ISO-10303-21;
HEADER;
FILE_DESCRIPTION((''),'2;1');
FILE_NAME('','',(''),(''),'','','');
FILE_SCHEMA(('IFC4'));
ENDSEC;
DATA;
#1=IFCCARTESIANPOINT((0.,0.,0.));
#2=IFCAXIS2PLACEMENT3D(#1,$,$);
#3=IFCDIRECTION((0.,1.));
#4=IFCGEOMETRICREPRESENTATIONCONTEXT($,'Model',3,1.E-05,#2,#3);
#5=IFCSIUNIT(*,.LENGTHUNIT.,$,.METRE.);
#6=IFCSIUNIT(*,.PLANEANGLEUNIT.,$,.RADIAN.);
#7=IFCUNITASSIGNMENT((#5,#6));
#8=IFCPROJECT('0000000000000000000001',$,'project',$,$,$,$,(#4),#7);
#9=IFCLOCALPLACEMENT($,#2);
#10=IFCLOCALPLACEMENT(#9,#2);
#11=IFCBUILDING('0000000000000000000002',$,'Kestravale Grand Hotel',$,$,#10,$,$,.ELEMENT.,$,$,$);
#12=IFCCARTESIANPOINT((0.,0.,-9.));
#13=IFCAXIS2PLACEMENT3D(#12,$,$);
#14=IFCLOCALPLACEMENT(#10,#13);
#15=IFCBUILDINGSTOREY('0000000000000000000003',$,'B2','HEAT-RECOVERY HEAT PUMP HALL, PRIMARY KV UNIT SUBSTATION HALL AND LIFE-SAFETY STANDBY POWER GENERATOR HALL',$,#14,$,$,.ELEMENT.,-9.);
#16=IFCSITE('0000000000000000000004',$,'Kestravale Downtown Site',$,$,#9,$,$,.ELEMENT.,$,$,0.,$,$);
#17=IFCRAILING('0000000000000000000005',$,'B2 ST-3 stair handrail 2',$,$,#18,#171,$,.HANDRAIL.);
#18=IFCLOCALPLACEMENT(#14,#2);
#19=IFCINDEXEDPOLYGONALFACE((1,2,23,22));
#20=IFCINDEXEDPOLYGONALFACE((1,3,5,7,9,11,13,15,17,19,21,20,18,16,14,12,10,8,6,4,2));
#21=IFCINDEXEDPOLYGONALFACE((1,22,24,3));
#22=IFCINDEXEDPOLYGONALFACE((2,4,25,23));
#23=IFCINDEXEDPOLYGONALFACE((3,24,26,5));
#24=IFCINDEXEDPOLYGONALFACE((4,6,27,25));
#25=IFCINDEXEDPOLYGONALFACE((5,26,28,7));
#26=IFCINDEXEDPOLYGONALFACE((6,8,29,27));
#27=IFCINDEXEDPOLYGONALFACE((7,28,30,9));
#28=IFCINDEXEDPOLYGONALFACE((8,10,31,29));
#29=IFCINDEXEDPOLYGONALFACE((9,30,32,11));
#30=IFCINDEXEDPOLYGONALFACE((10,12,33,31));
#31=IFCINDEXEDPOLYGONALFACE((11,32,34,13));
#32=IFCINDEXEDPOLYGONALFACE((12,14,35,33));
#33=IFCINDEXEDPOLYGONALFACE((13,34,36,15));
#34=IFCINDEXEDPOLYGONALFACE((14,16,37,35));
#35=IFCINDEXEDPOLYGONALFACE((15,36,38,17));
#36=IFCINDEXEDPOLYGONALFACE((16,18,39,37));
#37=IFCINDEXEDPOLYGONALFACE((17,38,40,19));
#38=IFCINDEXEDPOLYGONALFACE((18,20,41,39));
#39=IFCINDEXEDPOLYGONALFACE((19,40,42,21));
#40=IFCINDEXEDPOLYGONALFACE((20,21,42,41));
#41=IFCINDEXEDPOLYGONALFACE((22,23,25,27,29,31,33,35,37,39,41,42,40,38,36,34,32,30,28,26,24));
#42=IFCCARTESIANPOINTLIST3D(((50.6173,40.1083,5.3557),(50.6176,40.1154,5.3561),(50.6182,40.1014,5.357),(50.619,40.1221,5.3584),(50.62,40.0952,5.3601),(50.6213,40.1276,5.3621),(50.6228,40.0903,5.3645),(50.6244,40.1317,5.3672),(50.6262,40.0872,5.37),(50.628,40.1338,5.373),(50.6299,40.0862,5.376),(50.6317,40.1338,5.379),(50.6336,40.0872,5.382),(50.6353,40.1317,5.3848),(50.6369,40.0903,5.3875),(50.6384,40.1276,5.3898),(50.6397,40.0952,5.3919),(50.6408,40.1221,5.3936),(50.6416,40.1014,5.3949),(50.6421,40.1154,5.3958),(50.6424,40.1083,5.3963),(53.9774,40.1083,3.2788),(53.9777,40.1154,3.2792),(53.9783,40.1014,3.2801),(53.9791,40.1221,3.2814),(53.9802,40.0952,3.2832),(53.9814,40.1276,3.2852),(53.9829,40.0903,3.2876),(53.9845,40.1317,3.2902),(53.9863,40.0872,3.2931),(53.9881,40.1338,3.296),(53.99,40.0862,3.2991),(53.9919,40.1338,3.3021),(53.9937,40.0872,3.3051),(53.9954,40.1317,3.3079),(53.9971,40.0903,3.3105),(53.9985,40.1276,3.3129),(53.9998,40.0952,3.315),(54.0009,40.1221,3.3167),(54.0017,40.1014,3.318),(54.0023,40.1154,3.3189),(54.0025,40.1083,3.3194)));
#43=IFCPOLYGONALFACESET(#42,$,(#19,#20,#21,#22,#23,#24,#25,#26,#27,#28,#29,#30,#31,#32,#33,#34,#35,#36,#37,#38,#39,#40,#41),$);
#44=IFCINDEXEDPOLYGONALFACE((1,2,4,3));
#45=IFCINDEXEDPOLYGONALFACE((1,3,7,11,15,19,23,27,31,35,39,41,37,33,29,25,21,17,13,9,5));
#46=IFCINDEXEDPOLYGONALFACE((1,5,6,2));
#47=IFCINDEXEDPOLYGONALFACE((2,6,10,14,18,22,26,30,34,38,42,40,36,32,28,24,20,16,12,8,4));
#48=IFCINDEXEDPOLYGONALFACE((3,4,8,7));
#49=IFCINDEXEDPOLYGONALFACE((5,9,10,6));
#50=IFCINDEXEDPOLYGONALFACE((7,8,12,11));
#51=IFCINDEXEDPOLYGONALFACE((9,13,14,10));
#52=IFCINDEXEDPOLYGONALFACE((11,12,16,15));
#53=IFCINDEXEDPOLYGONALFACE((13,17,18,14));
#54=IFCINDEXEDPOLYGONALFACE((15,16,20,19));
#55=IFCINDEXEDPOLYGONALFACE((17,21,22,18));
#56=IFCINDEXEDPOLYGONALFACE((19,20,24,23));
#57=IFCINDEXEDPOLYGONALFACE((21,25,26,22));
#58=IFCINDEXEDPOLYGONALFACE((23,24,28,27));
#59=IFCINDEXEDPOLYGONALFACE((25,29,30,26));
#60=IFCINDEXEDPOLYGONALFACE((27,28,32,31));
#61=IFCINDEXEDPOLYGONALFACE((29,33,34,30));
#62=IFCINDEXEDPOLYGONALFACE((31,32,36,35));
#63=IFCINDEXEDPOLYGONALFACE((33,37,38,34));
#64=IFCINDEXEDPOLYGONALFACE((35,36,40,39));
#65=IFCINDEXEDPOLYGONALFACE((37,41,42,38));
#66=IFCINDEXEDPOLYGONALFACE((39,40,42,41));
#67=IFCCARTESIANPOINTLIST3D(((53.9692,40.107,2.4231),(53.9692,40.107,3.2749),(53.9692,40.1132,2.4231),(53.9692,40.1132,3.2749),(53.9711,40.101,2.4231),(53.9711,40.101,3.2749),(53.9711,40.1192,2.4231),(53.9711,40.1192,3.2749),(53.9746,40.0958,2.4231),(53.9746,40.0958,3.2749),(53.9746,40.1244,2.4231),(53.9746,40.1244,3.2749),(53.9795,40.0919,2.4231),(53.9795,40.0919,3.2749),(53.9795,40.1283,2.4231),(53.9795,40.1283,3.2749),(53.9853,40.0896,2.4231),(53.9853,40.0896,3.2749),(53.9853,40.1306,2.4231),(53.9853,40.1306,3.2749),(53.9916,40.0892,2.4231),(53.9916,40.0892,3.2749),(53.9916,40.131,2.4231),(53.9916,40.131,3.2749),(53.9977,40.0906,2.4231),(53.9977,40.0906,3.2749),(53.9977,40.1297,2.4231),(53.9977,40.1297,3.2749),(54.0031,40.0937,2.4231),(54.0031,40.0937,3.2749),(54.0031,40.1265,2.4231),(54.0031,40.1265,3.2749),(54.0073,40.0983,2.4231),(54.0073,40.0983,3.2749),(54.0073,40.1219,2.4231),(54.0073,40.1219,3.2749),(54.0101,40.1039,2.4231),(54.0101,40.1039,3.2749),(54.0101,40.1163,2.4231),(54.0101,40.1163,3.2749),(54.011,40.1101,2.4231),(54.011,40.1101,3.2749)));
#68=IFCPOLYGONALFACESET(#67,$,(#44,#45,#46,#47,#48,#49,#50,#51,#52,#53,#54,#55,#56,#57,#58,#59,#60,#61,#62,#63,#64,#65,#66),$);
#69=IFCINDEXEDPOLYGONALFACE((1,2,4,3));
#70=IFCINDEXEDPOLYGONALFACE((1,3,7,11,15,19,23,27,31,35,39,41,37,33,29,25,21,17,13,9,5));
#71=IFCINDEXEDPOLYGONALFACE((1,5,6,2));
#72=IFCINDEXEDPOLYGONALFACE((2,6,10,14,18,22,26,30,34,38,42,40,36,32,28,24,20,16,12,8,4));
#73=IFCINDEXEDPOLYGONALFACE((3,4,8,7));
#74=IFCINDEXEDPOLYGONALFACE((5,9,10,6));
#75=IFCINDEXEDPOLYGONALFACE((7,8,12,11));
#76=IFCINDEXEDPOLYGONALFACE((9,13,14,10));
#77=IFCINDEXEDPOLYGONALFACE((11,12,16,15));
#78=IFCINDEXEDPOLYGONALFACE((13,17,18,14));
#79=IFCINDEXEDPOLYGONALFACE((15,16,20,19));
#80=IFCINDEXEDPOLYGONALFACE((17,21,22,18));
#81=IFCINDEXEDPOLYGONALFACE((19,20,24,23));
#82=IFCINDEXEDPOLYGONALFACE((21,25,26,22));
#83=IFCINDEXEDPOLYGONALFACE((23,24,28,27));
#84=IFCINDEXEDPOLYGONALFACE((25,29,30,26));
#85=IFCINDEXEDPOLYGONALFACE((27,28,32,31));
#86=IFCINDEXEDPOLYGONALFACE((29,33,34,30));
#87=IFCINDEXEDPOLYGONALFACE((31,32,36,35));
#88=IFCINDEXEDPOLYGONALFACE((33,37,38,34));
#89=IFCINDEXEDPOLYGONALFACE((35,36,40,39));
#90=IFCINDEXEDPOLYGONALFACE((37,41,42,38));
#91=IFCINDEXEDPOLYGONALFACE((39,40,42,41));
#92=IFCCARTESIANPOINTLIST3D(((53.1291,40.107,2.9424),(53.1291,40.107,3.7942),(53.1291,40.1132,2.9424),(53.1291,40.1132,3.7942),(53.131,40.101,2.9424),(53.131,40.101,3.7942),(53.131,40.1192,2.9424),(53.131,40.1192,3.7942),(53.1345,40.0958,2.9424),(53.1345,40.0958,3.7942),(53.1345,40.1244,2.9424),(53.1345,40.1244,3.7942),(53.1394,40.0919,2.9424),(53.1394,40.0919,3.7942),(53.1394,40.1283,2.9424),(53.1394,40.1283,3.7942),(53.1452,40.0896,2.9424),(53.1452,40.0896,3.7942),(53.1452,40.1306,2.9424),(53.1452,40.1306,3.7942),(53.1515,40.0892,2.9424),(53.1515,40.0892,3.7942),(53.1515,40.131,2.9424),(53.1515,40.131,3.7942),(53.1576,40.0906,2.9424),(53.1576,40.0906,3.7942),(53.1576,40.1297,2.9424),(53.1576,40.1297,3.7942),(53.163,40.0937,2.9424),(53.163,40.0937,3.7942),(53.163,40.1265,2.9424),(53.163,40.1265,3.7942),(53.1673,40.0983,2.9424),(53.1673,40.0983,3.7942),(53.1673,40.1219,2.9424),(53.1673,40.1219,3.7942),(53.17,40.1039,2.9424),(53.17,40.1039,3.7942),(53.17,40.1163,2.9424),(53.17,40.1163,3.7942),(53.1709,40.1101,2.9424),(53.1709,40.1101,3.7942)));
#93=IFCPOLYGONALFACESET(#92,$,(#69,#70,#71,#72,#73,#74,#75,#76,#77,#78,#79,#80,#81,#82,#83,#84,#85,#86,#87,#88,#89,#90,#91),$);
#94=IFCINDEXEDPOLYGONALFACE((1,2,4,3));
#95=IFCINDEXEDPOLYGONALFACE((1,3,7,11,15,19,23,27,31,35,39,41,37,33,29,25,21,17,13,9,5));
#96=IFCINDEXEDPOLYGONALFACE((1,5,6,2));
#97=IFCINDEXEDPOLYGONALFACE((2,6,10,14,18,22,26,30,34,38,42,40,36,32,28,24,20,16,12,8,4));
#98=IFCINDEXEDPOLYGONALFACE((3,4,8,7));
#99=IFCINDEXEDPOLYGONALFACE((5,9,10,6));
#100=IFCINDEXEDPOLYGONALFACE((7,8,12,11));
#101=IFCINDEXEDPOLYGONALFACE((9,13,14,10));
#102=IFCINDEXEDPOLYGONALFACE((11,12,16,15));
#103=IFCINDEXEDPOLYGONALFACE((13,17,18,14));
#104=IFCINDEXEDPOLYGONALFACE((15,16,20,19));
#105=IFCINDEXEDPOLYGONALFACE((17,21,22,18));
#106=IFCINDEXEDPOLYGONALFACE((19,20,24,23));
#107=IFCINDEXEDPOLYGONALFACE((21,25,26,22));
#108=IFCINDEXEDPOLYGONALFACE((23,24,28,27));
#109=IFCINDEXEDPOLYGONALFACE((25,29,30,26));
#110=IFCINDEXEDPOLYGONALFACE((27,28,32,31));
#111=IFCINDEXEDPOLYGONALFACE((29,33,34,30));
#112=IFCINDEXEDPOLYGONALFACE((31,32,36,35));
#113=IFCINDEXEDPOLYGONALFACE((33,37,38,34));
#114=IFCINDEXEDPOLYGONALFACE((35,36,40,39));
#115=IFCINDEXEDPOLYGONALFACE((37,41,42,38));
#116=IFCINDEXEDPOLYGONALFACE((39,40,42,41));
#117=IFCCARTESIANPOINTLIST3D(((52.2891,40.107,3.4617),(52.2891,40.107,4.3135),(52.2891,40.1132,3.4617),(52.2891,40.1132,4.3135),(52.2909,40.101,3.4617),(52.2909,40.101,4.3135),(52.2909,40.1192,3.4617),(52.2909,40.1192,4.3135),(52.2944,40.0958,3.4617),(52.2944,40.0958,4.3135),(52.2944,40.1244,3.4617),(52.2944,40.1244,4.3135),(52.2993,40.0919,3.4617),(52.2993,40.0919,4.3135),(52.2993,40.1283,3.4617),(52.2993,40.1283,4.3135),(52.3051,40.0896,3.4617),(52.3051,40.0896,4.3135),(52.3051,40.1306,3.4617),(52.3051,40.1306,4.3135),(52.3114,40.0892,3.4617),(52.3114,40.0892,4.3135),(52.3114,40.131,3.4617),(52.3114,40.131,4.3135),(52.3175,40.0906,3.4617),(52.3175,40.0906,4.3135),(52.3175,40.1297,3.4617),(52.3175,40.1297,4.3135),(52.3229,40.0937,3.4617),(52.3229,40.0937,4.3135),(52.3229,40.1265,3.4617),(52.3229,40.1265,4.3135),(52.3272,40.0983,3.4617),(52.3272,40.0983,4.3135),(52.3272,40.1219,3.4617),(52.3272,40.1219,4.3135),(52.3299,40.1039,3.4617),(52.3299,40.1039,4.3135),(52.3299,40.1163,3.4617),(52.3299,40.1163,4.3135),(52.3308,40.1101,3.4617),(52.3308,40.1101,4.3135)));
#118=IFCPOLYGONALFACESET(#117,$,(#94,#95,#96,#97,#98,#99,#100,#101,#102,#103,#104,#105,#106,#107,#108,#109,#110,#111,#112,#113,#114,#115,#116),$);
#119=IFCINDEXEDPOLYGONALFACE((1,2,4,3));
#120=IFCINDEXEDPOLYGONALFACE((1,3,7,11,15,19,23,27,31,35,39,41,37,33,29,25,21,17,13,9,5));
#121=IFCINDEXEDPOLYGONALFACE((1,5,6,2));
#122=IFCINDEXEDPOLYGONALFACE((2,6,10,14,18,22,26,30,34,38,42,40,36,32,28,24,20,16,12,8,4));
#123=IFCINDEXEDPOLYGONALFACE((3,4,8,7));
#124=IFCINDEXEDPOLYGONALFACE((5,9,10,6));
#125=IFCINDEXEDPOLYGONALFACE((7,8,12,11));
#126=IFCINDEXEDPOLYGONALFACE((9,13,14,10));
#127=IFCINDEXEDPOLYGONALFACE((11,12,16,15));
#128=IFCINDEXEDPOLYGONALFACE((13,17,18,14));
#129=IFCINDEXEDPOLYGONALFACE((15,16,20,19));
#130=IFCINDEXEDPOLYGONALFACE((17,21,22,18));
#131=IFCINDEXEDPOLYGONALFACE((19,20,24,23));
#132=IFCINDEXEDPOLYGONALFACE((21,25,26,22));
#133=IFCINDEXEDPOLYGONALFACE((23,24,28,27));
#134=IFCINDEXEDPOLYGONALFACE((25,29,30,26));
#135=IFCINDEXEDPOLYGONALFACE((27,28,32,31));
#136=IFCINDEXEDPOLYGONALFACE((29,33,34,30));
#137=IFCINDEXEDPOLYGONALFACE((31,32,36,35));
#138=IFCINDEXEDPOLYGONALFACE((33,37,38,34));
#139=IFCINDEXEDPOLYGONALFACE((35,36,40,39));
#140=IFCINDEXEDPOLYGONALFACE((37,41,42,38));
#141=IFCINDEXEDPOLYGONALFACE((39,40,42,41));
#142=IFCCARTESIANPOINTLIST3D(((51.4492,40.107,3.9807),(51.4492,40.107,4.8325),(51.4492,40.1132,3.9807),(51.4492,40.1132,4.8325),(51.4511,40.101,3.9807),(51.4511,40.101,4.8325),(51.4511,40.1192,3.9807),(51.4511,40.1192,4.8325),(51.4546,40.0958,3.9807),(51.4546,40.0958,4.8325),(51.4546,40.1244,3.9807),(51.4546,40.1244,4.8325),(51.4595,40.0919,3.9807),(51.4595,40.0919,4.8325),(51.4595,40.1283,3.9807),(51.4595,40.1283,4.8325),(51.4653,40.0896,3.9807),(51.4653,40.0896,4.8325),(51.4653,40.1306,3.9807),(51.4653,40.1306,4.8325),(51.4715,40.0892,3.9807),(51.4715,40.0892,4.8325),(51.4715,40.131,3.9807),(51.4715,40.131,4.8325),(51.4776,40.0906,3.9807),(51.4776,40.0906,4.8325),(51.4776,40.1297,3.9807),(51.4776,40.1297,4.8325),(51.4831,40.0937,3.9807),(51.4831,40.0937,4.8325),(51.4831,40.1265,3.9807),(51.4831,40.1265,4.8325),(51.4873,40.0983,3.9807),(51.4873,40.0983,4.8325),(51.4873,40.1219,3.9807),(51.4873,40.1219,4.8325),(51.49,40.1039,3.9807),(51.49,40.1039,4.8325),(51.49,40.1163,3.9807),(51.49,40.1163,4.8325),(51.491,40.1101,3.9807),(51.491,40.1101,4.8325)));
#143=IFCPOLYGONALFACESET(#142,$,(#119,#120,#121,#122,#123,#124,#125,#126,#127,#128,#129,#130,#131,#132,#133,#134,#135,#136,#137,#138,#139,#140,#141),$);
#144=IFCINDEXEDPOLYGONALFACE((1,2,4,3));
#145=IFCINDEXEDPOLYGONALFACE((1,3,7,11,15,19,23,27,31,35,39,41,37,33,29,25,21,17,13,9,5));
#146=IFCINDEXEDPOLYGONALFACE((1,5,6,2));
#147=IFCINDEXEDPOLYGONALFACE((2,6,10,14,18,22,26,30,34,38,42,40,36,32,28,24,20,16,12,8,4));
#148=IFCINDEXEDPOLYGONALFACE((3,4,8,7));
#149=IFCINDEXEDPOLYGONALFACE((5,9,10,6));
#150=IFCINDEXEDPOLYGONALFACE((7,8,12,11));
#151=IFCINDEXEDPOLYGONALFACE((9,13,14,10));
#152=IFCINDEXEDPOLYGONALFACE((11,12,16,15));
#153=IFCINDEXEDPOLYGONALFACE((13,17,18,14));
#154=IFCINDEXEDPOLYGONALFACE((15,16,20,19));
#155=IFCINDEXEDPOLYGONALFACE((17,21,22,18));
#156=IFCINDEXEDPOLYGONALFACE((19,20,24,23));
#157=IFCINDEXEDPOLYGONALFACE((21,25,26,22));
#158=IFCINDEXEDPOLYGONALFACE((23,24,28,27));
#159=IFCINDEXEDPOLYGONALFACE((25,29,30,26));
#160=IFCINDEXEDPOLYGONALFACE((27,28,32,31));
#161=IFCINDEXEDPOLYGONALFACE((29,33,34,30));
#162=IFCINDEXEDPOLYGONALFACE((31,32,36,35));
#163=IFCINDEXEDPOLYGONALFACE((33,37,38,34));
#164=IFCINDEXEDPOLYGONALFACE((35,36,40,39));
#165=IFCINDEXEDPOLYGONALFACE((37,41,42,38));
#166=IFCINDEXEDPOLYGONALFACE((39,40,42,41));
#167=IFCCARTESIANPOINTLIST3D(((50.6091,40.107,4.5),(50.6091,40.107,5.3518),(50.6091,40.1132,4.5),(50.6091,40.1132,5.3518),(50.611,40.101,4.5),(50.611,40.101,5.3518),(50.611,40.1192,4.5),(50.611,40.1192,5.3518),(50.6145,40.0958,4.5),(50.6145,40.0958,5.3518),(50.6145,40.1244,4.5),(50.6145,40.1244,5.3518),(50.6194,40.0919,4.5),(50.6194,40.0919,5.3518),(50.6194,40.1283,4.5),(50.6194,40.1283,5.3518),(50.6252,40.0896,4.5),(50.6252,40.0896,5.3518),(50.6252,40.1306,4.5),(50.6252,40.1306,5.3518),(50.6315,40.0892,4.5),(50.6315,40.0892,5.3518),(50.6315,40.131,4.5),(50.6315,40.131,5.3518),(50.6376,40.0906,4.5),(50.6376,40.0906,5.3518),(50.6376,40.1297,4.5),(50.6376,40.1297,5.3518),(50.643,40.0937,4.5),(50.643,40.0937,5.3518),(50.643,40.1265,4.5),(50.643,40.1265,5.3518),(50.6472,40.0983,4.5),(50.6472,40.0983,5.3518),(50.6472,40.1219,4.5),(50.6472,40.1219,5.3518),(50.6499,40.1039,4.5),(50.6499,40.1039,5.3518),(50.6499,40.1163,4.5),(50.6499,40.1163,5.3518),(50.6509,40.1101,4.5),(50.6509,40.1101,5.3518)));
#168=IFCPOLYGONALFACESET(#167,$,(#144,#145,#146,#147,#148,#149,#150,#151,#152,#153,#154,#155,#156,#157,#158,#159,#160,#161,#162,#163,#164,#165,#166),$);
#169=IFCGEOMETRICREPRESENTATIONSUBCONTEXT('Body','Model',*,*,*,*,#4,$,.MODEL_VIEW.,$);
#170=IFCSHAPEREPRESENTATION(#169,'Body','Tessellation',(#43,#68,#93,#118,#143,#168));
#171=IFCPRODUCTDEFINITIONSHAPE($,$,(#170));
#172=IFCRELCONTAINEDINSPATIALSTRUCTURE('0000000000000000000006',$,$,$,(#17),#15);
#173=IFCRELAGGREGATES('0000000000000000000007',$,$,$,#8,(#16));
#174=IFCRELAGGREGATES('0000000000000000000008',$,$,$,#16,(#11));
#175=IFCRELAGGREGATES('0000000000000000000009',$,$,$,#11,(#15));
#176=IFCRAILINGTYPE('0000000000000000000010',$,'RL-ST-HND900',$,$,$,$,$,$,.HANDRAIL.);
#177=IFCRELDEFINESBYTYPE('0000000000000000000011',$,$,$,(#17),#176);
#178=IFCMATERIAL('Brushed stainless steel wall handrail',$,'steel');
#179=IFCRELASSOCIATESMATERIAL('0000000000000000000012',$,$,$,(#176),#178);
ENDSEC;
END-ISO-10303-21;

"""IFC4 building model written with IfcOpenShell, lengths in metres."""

from ifc_helpers import new_model, si_unit, direction, frame, origin, origin_2d, place, context, subcontext, project, spatial, circle, extrude, material, type_object, element, save


model = new_model("IFC4")

# Units and contexts
model_context = context("Model", 3, precision=1e-05, world=origin(), true_north=direction((0.0, 1.0)))
body_context = subcontext(model_context, "Body", "Model", "MODEL_VIEW")
ifc_project = project(units=[si_unit("LENGTHUNIT", "METRE"), si_unit("PLANEANGLEUNIT", "RADIAN")], contexts=[model_context])

# Site, building, storey
site_placement = place(None, origin())
site = spatial("IfcSite", under=ifc_project, at=site_placement, Name="Kestravale Downtown Site", CompositionType="ELEMENT", RefElevation=0.0)
building_placement = place(site_placement, origin())
building = spatial("IfcBuilding", under=site, at=building_placement, Name="Kestravale Grand Hotel", CompositionType="ELEMENT")
storey_placement = place(building_placement, frame((0.0, 0.0, -9.0)))
storey = spatial("IfcBuildingStorey", under=building, at=storey_placement, Name="B2", Description="HEAT-RECOVERY HEAT PUMP HALL, PRIMARY KV UNIT SUBSTATION HALL AND LIFE-SAFETY STANDBY POWER GENERATOR HALL", CompositionType="ELEMENT", Elevation=-9.0)

# Railing
ifc_material_1 = material(Name="Brushed stainless steel wall handrail", Category="steel")
railing_type_1 = type_object("IfcRailingType", Name="RL-ST-HND900", PredefinedType="HANDRAIL", material=ifc_material_1)
railing_1_placement = place(storey_placement, frame((53.99, 40.1101, 2.4231)))
element("IfcRailing", 1, at=railing_1_placement, inside=storey, type_object=railing_type_1, Name="B2 ST-3 stair handrail 2", PredefinedType="HANDRAIL", context=body_context, shape_type="SweptSolid", body=[
    extrude(circle(Radius=0.0239, at=origin_2d()), frame((0.0, 0.0, 0.876), z_axis=(-0.850623, 0.0, 0.525776), x_axis=(0.0, -1.0, 0.0)), (0.0, 0.0, 1.0), 3.9502),
    extrude(circle(Radius=0.021, at=origin_2d()), origin(), (0.0, 0.0, 1.0), 0.8518),
    extrude(circle(Radius=0.021, at=origin_2d()), frame((-0.8401, 0.0, 0.5193)), (0.0, 0.0, 1.0), 0.8518),
    extrude(circle(Radius=0.021, at=origin_2d()), frame((-1.6802, 0.0, 1.0386)), (0.0, 0.0, 1.0), 0.8518),
    extrude(circle(Radius=0.021, at=origin_2d()), frame((-2.52, 0.0, 1.5576)), (0.0, 0.0, 1.0), 0.8518),
    extrude(circle(Radius=0.021, at=origin_2d()), frame((-3.3601, 0.0, 2.0769)), (0.0, 0.0, 1.0), 0.8518),
])

save(model, "model.ifc")
